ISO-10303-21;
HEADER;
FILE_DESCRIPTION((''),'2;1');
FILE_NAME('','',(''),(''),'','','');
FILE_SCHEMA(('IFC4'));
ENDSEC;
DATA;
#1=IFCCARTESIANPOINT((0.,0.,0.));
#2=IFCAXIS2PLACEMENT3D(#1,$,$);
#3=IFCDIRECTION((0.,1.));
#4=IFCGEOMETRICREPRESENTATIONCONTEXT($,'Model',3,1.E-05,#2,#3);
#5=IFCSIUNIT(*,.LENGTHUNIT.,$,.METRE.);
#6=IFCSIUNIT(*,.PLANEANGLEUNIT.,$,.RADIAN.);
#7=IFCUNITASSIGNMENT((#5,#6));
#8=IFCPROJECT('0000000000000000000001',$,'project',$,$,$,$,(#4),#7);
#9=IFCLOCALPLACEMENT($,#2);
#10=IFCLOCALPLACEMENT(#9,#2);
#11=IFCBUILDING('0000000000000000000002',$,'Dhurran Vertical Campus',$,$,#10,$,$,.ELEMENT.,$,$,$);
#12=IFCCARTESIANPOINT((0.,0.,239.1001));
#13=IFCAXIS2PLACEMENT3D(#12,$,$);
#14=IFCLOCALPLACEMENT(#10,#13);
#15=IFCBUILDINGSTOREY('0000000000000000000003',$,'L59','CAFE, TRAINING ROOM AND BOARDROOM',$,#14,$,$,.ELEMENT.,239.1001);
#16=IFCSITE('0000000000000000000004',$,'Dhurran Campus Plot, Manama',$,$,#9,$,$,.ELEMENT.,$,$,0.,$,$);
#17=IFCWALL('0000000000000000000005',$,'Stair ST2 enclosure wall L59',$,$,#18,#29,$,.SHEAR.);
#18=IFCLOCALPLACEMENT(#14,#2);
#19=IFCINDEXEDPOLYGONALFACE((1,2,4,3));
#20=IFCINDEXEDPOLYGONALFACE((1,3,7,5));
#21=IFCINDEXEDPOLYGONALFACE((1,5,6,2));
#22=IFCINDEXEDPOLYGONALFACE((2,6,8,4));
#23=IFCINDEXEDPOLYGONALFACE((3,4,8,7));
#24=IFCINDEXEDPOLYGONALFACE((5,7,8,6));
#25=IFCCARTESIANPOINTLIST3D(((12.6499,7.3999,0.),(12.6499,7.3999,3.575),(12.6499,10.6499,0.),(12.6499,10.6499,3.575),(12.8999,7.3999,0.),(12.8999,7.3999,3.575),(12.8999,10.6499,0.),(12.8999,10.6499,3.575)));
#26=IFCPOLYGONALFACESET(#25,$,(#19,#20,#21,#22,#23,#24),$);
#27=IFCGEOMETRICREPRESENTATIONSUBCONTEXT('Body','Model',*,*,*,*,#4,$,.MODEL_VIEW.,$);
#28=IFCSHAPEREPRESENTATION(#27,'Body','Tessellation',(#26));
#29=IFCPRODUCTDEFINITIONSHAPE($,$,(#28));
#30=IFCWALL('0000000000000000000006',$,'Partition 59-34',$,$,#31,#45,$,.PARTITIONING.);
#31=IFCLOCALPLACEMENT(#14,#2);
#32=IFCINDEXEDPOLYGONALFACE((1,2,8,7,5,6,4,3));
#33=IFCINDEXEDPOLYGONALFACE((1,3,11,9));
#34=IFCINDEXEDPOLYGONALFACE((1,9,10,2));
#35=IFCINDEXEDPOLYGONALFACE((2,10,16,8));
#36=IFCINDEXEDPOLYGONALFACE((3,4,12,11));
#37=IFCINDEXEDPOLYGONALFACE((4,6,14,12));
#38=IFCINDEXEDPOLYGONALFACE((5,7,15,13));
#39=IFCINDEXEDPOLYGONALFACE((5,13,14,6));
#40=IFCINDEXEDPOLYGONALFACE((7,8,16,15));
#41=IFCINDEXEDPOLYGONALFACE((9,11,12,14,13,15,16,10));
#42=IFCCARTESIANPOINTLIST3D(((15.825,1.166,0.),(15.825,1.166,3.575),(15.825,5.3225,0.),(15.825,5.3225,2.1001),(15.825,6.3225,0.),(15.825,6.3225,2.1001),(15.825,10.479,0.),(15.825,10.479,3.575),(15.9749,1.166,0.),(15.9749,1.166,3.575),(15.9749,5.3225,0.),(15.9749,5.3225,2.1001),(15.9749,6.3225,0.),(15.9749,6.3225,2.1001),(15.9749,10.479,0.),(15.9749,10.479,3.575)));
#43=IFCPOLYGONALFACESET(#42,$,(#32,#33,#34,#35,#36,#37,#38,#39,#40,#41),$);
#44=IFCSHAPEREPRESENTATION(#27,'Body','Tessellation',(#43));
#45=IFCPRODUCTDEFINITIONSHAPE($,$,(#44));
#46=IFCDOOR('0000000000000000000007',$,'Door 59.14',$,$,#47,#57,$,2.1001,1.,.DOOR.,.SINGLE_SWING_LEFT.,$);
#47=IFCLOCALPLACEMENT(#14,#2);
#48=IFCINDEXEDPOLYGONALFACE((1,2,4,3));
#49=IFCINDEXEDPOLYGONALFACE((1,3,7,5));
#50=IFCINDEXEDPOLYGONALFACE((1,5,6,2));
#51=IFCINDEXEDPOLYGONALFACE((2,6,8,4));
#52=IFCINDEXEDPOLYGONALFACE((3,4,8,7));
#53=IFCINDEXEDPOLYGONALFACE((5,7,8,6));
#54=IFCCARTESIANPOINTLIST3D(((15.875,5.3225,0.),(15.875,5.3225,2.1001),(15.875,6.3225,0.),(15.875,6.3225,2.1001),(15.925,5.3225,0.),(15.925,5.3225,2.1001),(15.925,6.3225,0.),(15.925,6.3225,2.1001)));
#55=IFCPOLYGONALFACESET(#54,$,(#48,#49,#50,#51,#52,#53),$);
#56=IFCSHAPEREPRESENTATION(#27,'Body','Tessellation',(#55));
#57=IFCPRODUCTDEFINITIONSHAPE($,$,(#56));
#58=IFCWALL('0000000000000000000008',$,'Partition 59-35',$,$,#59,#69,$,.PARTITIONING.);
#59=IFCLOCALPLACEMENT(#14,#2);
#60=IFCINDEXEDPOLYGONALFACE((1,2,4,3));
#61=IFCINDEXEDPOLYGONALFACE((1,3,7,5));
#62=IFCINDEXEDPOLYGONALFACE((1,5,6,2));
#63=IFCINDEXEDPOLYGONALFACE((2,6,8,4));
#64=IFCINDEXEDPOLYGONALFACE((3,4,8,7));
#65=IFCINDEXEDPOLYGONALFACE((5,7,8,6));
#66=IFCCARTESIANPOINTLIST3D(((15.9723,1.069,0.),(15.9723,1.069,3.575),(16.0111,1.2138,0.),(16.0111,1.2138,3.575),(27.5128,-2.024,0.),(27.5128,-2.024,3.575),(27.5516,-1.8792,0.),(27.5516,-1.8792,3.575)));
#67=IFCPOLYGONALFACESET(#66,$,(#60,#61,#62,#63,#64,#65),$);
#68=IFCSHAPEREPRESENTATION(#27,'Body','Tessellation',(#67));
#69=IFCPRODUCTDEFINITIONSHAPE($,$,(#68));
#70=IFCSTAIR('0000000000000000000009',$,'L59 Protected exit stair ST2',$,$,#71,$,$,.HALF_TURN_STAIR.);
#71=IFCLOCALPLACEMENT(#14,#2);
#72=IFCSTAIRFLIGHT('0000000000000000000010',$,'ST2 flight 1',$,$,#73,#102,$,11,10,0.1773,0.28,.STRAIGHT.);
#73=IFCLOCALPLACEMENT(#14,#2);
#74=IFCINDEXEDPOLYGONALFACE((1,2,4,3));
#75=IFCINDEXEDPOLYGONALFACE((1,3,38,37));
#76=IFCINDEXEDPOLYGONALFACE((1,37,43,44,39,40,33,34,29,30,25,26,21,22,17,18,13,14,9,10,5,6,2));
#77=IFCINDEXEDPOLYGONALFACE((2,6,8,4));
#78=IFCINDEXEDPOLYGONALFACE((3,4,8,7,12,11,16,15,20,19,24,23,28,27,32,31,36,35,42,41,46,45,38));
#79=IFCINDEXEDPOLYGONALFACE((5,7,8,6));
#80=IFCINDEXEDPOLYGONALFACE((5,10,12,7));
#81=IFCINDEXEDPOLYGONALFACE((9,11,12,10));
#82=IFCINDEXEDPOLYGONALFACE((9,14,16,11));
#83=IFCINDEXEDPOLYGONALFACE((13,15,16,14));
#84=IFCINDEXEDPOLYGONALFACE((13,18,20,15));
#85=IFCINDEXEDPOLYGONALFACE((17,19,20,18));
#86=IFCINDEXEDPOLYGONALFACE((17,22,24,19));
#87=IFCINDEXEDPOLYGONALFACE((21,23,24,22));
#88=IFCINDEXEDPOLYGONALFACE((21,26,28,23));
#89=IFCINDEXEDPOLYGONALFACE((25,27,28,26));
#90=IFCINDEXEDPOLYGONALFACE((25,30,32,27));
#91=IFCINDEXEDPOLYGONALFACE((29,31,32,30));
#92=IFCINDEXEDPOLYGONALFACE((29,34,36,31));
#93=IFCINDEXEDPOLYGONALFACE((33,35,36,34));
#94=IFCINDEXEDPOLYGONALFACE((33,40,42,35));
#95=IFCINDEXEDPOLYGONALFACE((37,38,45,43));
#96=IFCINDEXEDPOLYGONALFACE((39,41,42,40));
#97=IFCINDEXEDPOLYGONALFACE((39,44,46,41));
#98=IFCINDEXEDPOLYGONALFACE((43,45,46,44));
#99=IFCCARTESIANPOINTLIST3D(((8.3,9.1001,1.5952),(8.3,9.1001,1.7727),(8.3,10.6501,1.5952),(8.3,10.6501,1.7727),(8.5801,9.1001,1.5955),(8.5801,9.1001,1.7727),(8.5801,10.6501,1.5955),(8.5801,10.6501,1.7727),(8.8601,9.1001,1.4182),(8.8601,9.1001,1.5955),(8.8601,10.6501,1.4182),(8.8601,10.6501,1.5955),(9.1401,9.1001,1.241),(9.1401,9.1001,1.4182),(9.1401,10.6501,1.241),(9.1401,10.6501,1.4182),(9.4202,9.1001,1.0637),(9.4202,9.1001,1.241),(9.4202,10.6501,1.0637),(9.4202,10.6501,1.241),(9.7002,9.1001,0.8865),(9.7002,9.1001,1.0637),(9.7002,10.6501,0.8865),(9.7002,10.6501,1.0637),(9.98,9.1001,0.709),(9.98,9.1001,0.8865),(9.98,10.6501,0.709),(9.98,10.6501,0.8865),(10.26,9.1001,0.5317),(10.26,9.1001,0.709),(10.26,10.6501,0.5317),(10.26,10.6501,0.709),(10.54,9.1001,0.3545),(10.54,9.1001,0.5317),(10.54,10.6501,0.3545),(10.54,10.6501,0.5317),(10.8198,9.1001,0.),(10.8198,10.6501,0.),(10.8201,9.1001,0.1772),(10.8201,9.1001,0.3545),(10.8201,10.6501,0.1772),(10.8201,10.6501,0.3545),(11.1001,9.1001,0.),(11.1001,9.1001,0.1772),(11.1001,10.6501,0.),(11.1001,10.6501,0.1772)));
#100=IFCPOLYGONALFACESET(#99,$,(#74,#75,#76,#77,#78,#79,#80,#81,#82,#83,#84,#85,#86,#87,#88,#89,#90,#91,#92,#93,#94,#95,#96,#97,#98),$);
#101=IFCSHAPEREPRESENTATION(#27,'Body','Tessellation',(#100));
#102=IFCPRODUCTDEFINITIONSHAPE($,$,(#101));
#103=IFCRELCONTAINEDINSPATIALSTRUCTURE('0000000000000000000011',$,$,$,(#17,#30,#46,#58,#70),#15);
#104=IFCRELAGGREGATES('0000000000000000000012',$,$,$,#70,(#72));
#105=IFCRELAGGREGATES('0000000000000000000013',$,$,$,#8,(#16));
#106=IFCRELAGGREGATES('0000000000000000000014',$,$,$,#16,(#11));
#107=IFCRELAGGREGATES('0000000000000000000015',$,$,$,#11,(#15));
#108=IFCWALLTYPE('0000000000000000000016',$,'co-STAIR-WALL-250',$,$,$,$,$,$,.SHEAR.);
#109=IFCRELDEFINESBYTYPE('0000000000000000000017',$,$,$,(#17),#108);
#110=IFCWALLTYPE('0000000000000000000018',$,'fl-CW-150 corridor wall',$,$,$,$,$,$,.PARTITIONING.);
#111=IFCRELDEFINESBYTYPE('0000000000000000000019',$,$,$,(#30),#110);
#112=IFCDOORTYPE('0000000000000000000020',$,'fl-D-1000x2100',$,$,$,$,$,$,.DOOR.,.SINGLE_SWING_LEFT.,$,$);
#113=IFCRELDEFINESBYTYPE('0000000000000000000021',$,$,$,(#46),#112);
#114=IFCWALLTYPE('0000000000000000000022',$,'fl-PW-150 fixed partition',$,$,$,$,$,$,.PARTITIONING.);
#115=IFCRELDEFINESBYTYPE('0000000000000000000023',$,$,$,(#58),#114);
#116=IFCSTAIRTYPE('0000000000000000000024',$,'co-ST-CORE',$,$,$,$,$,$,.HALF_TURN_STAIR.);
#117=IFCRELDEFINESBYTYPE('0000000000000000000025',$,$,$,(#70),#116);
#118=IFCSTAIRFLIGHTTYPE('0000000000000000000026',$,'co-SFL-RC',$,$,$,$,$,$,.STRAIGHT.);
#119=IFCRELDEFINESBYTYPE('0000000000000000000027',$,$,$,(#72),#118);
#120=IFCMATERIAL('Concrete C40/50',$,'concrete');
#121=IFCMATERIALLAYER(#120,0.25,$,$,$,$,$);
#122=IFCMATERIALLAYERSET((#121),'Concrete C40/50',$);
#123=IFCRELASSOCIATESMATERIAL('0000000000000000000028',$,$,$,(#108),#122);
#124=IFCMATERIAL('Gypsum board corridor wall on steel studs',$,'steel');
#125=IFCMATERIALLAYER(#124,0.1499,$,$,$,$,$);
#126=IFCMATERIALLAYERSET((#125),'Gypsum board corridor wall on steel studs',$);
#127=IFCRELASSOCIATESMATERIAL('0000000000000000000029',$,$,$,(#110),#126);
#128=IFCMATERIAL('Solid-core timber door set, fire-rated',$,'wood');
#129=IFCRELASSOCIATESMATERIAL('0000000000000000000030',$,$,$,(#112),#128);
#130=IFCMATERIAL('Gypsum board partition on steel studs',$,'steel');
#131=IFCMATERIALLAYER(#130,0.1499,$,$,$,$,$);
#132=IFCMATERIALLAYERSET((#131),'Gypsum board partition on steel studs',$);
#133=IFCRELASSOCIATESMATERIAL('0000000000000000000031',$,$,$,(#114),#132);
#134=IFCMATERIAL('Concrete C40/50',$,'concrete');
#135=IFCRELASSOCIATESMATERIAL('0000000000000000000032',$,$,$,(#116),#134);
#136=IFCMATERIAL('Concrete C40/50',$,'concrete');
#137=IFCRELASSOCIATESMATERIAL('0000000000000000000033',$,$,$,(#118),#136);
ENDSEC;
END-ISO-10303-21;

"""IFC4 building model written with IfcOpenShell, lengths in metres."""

from ifc_helpers import new_model, si_unit, direction, frame, frame_2d, origin, place, context, subcontext, project, spatial, polyline, rectangle, outline, extrude, material, layer, layer_set, type_object, element, fill, aggregate, save


model = new_model("IFC4")

# Units and contexts
model_context = context("Model", 3, precision=1e-05, world=origin(), true_north=direction((0.0, 1.0)))
body_context = subcontext(model_context, "Body", "Model", "MODEL_VIEW")
ifc_project = project(units=[si_unit("LENGTHUNIT", "METRE"), si_unit("PLANEANGLEUNIT", "RADIAN")], contexts=[model_context])

# Site, building, storey
site_placement = place(None, origin())
site = spatial("IfcSite", under=ifc_project, at=site_placement, Name="Dhurran Campus Plot, Manama", CompositionType="ELEMENT", RefElevation=0.0)
building_placement = place(site_placement, origin())
building = spatial("IfcBuilding", under=site, at=building_placement, Name="Dhurran Vertical Campus", CompositionType="ELEMENT")
storey_placement = place(building_placement, frame((0.0, 0.0, 239.1001)))
storey = spatial("IfcBuildingStorey", under=building, at=storey_placement, Name="L59", Description="CAFE, TRAINING ROOM AND BOARDROOM", CompositionType="ELEMENT", Elevation=239.1001)

# Wall
ifc_material_1 = material(Name="Concrete C40/50", Category="concrete")
ifc_layer_1 = layer(ifc_material_1, 0.25)
ifc_layer_set_1 = layer_set([ifc_layer_1], Name="Concrete C40/50")
wall_type_1 = type_object("IfcWallType", Name="co-STAIR-WALL-250", PredefinedType="SHEAR", material=ifc_layer_set_1)
wall_1_placement = place(storey_placement, frame((12.7749, 7.3999, 0.0), z_axis=(0.0, 0.0, 1.0), x_axis=(0.0, 1.0, 0.0)))
element("IfcWall", 1, at=wall_1_placement, inside=storey, type_object=wall_type_1, Name="Stair ST2 enclosure wall L59", PredefinedType="SHEAR", context=body_context, shape_type="SweptSolid", body=[
    extrude(rectangle(XDim=3.25, YDim=0.25, at=frame_2d((1.625, 0.0))), origin(), (0.0, 0.0, 1.0), 3.575),
])

# Wall, opening, door
ifc_material_2 = material(Name="Gypsum board corridor wall on steel studs", Category="steel")
ifc_layer_2 = layer(ifc_material_2, 0.1499)
ifc_layer_set_2 = layer_set([ifc_layer_2], Name="Gypsum board corridor wall on steel studs")
wall_type_2 = type_object("IfcWallType", Name="fl-CW-150 corridor wall", PredefinedType="PARTITIONING", material=ifc_layer_set_2)
wall_2_placement = place(storey_placement, frame((15.8999, 1.166, 0.0), z_axis=(0.0, 0.0, 1.0), x_axis=(0.0, 1.0, 0.0)))
wall_2 = element("IfcWall", 2, at=wall_2_placement, inside=storey, type_object=wall_type_2, Name="Partition 59-34", PredefinedType="PARTITIONING", context=body_context, shape_type="SweptSolid", body=[
    extrude(rectangle(XDim=9.313, YDim=0.1499, at=frame_2d((4.6565, 0.0))), origin(), (0.0, 0.0, 1.0), 3.575),
])
opening_1_placement = place(wall_2_placement, frame((4.1565, 0.0, 0.0)))
opening_1 = element("IfcOpeningElement", 3, at=opening_1_placement, cuts=wall_2, PredefinedType="OPENING", context=body_context, shape_type="SweptSolid", body=[
    extrude(rectangle(XDim=1.0, YDim=2.1001, at=frame_2d((0.5, 1.05))), frame((0.0, 0.085, 0.0), z_axis=(0.0, -1.0, 0.0), x_axis=(1.0, 0.0, 0.0)), (0.0, 0.0, 1.0), 0.1699),
])
ifc_material_3 = material(Name="Solid-core timber door set, fire-rated", Category="wood")
door_type_1 = type_object("IfcDoorType", Name="fl-D-1000x2100", OperationType="SINGLE_SWING_LEFT", PredefinedType="DOOR", material=ifc_material_3)
door_1_placement = place(opening_1_placement, origin())
door_1 = element("IfcDoor", 4, at=door_1_placement, inside=storey, type_object=door_type_1, Name="Door 59.14", OperationType="SINGLE_SWING_LEFT", OverallHeight=2.1001, OverallWidth=1.0, PredefinedType="DOOR", context=body_context, shape_type="SweptSolid", body=[
    extrude(rectangle(XDim=1.0, YDim=2.1001, at=frame_2d((0.5, 1.05))), frame((0.0, 0.0249, 0.0), z_axis=(0.0, -1.0, 0.0), x_axis=(1.0, 0.0, 0.0)), (0.0, 0.0, 1.0), 0.05),
])
fill(opening_1, door_1)

# Wall
ifc_material_4 = material(Name="Gypsum board partition on steel studs", Category="steel")
ifc_layer_3 = layer(ifc_material_4, 0.1499)
ifc_layer_set_3 = layer_set([ifc_layer_3], Name="Gypsum board partition on steel studs")
wall_type_3 = type_object("IfcWallType", Name="fl-PW-150 fixed partition", PredefinedType="PARTITIONING", material=ifc_layer_set_3)
wall_3_placement = place(storey_placement, frame((15.9917, 1.1414, 0.0), z_axis=(0.0, 0.0, 1.0), x_axis=(0.96591, -0.258877, 0.0)))
element("IfcWall", 5, at=wall_3_placement, inside=storey, type_object=wall_type_3, Name="Partition 59-35", PredefinedType="PARTITIONING", context=body_context, shape_type="SweptSolid", body=[
    extrude(rectangle(XDim=11.9478, YDim=0.1499, at=frame_2d((5.9739, 0.0))), origin(), (0.0, 0.0, 1.0), 3.575),
])

# Stair, stair flight
ifc_material_5 = material(Name="Concrete C40/50", Category="concrete")
stair_type = type_object("IfcStairType", Name="co-ST-CORE", PredefinedType="HALF_TURN_STAIR", material=ifc_material_5)
stair_placement = place(storey_placement, origin())
stair = element("IfcStair", 6, at=stair_placement, inside=storey, type_object=stair_type, Name="L59 Protected exit stair ST2", PredefinedType="HALF_TURN_STAIR")
ifc_material_6 = material(Name="Concrete C40/50", Category="concrete")
stair_flight_type = type_object("IfcStairFlightType", Name="co-SFL-RC", PredefinedType="STRAIGHT", material=ifc_material_6)
stair_flight_placement = place(storey_placement, frame((11.1001, 9.875, 0.0), z_axis=(0.0, 0.0, 1.0), x_axis=(-1.0, 0.0, 0.0)))
stair_flight = element("IfcStairFlight", 7, at=stair_flight_placement, type_object=stair_flight_type, Name="ST2 flight 1", NumberOfRisers=11, NumberOfTreads=10, PredefinedType="STRAIGHT", RiserHeight=0.1773, TreadLength=0.28, context=body_context, shape_type="SweptSolid", body=[
    extrude(outline(polyline([(0.0, 0.0), (0.0, 0.1772), (0.28, 0.1772), (0.28, 0.3545), (0.5601, 0.3545), (0.5601, 0.5317), (0.8401, 0.5317), (0.8401, 0.709), (1.1201, 0.709), (1.1201, 0.8865), (1.3999, 0.8865), (1.3999, 1.0637), (1.6799, 1.0637), (1.6799, 1.241), (1.96, 1.241), (1.96, 1.4182), (2.24, 1.4182), (2.24, 1.5955), (2.52, 1.5955), (2.52, 1.7727), (2.8, 1.7727), (2.8, 1.95), (2.8, 1.5952), (0.2803, 0.0), (0.0, 0.0)])), frame((0.0, 0.7749, 0.0), z_axis=(0.0, -1.0, 0.0), x_axis=(1.0, 0.0, 0.0)), (0.0, 0.0, 1.0), 1.55),
])
aggregate(stair, [stair_flight])

save(model, "model.ifc")
